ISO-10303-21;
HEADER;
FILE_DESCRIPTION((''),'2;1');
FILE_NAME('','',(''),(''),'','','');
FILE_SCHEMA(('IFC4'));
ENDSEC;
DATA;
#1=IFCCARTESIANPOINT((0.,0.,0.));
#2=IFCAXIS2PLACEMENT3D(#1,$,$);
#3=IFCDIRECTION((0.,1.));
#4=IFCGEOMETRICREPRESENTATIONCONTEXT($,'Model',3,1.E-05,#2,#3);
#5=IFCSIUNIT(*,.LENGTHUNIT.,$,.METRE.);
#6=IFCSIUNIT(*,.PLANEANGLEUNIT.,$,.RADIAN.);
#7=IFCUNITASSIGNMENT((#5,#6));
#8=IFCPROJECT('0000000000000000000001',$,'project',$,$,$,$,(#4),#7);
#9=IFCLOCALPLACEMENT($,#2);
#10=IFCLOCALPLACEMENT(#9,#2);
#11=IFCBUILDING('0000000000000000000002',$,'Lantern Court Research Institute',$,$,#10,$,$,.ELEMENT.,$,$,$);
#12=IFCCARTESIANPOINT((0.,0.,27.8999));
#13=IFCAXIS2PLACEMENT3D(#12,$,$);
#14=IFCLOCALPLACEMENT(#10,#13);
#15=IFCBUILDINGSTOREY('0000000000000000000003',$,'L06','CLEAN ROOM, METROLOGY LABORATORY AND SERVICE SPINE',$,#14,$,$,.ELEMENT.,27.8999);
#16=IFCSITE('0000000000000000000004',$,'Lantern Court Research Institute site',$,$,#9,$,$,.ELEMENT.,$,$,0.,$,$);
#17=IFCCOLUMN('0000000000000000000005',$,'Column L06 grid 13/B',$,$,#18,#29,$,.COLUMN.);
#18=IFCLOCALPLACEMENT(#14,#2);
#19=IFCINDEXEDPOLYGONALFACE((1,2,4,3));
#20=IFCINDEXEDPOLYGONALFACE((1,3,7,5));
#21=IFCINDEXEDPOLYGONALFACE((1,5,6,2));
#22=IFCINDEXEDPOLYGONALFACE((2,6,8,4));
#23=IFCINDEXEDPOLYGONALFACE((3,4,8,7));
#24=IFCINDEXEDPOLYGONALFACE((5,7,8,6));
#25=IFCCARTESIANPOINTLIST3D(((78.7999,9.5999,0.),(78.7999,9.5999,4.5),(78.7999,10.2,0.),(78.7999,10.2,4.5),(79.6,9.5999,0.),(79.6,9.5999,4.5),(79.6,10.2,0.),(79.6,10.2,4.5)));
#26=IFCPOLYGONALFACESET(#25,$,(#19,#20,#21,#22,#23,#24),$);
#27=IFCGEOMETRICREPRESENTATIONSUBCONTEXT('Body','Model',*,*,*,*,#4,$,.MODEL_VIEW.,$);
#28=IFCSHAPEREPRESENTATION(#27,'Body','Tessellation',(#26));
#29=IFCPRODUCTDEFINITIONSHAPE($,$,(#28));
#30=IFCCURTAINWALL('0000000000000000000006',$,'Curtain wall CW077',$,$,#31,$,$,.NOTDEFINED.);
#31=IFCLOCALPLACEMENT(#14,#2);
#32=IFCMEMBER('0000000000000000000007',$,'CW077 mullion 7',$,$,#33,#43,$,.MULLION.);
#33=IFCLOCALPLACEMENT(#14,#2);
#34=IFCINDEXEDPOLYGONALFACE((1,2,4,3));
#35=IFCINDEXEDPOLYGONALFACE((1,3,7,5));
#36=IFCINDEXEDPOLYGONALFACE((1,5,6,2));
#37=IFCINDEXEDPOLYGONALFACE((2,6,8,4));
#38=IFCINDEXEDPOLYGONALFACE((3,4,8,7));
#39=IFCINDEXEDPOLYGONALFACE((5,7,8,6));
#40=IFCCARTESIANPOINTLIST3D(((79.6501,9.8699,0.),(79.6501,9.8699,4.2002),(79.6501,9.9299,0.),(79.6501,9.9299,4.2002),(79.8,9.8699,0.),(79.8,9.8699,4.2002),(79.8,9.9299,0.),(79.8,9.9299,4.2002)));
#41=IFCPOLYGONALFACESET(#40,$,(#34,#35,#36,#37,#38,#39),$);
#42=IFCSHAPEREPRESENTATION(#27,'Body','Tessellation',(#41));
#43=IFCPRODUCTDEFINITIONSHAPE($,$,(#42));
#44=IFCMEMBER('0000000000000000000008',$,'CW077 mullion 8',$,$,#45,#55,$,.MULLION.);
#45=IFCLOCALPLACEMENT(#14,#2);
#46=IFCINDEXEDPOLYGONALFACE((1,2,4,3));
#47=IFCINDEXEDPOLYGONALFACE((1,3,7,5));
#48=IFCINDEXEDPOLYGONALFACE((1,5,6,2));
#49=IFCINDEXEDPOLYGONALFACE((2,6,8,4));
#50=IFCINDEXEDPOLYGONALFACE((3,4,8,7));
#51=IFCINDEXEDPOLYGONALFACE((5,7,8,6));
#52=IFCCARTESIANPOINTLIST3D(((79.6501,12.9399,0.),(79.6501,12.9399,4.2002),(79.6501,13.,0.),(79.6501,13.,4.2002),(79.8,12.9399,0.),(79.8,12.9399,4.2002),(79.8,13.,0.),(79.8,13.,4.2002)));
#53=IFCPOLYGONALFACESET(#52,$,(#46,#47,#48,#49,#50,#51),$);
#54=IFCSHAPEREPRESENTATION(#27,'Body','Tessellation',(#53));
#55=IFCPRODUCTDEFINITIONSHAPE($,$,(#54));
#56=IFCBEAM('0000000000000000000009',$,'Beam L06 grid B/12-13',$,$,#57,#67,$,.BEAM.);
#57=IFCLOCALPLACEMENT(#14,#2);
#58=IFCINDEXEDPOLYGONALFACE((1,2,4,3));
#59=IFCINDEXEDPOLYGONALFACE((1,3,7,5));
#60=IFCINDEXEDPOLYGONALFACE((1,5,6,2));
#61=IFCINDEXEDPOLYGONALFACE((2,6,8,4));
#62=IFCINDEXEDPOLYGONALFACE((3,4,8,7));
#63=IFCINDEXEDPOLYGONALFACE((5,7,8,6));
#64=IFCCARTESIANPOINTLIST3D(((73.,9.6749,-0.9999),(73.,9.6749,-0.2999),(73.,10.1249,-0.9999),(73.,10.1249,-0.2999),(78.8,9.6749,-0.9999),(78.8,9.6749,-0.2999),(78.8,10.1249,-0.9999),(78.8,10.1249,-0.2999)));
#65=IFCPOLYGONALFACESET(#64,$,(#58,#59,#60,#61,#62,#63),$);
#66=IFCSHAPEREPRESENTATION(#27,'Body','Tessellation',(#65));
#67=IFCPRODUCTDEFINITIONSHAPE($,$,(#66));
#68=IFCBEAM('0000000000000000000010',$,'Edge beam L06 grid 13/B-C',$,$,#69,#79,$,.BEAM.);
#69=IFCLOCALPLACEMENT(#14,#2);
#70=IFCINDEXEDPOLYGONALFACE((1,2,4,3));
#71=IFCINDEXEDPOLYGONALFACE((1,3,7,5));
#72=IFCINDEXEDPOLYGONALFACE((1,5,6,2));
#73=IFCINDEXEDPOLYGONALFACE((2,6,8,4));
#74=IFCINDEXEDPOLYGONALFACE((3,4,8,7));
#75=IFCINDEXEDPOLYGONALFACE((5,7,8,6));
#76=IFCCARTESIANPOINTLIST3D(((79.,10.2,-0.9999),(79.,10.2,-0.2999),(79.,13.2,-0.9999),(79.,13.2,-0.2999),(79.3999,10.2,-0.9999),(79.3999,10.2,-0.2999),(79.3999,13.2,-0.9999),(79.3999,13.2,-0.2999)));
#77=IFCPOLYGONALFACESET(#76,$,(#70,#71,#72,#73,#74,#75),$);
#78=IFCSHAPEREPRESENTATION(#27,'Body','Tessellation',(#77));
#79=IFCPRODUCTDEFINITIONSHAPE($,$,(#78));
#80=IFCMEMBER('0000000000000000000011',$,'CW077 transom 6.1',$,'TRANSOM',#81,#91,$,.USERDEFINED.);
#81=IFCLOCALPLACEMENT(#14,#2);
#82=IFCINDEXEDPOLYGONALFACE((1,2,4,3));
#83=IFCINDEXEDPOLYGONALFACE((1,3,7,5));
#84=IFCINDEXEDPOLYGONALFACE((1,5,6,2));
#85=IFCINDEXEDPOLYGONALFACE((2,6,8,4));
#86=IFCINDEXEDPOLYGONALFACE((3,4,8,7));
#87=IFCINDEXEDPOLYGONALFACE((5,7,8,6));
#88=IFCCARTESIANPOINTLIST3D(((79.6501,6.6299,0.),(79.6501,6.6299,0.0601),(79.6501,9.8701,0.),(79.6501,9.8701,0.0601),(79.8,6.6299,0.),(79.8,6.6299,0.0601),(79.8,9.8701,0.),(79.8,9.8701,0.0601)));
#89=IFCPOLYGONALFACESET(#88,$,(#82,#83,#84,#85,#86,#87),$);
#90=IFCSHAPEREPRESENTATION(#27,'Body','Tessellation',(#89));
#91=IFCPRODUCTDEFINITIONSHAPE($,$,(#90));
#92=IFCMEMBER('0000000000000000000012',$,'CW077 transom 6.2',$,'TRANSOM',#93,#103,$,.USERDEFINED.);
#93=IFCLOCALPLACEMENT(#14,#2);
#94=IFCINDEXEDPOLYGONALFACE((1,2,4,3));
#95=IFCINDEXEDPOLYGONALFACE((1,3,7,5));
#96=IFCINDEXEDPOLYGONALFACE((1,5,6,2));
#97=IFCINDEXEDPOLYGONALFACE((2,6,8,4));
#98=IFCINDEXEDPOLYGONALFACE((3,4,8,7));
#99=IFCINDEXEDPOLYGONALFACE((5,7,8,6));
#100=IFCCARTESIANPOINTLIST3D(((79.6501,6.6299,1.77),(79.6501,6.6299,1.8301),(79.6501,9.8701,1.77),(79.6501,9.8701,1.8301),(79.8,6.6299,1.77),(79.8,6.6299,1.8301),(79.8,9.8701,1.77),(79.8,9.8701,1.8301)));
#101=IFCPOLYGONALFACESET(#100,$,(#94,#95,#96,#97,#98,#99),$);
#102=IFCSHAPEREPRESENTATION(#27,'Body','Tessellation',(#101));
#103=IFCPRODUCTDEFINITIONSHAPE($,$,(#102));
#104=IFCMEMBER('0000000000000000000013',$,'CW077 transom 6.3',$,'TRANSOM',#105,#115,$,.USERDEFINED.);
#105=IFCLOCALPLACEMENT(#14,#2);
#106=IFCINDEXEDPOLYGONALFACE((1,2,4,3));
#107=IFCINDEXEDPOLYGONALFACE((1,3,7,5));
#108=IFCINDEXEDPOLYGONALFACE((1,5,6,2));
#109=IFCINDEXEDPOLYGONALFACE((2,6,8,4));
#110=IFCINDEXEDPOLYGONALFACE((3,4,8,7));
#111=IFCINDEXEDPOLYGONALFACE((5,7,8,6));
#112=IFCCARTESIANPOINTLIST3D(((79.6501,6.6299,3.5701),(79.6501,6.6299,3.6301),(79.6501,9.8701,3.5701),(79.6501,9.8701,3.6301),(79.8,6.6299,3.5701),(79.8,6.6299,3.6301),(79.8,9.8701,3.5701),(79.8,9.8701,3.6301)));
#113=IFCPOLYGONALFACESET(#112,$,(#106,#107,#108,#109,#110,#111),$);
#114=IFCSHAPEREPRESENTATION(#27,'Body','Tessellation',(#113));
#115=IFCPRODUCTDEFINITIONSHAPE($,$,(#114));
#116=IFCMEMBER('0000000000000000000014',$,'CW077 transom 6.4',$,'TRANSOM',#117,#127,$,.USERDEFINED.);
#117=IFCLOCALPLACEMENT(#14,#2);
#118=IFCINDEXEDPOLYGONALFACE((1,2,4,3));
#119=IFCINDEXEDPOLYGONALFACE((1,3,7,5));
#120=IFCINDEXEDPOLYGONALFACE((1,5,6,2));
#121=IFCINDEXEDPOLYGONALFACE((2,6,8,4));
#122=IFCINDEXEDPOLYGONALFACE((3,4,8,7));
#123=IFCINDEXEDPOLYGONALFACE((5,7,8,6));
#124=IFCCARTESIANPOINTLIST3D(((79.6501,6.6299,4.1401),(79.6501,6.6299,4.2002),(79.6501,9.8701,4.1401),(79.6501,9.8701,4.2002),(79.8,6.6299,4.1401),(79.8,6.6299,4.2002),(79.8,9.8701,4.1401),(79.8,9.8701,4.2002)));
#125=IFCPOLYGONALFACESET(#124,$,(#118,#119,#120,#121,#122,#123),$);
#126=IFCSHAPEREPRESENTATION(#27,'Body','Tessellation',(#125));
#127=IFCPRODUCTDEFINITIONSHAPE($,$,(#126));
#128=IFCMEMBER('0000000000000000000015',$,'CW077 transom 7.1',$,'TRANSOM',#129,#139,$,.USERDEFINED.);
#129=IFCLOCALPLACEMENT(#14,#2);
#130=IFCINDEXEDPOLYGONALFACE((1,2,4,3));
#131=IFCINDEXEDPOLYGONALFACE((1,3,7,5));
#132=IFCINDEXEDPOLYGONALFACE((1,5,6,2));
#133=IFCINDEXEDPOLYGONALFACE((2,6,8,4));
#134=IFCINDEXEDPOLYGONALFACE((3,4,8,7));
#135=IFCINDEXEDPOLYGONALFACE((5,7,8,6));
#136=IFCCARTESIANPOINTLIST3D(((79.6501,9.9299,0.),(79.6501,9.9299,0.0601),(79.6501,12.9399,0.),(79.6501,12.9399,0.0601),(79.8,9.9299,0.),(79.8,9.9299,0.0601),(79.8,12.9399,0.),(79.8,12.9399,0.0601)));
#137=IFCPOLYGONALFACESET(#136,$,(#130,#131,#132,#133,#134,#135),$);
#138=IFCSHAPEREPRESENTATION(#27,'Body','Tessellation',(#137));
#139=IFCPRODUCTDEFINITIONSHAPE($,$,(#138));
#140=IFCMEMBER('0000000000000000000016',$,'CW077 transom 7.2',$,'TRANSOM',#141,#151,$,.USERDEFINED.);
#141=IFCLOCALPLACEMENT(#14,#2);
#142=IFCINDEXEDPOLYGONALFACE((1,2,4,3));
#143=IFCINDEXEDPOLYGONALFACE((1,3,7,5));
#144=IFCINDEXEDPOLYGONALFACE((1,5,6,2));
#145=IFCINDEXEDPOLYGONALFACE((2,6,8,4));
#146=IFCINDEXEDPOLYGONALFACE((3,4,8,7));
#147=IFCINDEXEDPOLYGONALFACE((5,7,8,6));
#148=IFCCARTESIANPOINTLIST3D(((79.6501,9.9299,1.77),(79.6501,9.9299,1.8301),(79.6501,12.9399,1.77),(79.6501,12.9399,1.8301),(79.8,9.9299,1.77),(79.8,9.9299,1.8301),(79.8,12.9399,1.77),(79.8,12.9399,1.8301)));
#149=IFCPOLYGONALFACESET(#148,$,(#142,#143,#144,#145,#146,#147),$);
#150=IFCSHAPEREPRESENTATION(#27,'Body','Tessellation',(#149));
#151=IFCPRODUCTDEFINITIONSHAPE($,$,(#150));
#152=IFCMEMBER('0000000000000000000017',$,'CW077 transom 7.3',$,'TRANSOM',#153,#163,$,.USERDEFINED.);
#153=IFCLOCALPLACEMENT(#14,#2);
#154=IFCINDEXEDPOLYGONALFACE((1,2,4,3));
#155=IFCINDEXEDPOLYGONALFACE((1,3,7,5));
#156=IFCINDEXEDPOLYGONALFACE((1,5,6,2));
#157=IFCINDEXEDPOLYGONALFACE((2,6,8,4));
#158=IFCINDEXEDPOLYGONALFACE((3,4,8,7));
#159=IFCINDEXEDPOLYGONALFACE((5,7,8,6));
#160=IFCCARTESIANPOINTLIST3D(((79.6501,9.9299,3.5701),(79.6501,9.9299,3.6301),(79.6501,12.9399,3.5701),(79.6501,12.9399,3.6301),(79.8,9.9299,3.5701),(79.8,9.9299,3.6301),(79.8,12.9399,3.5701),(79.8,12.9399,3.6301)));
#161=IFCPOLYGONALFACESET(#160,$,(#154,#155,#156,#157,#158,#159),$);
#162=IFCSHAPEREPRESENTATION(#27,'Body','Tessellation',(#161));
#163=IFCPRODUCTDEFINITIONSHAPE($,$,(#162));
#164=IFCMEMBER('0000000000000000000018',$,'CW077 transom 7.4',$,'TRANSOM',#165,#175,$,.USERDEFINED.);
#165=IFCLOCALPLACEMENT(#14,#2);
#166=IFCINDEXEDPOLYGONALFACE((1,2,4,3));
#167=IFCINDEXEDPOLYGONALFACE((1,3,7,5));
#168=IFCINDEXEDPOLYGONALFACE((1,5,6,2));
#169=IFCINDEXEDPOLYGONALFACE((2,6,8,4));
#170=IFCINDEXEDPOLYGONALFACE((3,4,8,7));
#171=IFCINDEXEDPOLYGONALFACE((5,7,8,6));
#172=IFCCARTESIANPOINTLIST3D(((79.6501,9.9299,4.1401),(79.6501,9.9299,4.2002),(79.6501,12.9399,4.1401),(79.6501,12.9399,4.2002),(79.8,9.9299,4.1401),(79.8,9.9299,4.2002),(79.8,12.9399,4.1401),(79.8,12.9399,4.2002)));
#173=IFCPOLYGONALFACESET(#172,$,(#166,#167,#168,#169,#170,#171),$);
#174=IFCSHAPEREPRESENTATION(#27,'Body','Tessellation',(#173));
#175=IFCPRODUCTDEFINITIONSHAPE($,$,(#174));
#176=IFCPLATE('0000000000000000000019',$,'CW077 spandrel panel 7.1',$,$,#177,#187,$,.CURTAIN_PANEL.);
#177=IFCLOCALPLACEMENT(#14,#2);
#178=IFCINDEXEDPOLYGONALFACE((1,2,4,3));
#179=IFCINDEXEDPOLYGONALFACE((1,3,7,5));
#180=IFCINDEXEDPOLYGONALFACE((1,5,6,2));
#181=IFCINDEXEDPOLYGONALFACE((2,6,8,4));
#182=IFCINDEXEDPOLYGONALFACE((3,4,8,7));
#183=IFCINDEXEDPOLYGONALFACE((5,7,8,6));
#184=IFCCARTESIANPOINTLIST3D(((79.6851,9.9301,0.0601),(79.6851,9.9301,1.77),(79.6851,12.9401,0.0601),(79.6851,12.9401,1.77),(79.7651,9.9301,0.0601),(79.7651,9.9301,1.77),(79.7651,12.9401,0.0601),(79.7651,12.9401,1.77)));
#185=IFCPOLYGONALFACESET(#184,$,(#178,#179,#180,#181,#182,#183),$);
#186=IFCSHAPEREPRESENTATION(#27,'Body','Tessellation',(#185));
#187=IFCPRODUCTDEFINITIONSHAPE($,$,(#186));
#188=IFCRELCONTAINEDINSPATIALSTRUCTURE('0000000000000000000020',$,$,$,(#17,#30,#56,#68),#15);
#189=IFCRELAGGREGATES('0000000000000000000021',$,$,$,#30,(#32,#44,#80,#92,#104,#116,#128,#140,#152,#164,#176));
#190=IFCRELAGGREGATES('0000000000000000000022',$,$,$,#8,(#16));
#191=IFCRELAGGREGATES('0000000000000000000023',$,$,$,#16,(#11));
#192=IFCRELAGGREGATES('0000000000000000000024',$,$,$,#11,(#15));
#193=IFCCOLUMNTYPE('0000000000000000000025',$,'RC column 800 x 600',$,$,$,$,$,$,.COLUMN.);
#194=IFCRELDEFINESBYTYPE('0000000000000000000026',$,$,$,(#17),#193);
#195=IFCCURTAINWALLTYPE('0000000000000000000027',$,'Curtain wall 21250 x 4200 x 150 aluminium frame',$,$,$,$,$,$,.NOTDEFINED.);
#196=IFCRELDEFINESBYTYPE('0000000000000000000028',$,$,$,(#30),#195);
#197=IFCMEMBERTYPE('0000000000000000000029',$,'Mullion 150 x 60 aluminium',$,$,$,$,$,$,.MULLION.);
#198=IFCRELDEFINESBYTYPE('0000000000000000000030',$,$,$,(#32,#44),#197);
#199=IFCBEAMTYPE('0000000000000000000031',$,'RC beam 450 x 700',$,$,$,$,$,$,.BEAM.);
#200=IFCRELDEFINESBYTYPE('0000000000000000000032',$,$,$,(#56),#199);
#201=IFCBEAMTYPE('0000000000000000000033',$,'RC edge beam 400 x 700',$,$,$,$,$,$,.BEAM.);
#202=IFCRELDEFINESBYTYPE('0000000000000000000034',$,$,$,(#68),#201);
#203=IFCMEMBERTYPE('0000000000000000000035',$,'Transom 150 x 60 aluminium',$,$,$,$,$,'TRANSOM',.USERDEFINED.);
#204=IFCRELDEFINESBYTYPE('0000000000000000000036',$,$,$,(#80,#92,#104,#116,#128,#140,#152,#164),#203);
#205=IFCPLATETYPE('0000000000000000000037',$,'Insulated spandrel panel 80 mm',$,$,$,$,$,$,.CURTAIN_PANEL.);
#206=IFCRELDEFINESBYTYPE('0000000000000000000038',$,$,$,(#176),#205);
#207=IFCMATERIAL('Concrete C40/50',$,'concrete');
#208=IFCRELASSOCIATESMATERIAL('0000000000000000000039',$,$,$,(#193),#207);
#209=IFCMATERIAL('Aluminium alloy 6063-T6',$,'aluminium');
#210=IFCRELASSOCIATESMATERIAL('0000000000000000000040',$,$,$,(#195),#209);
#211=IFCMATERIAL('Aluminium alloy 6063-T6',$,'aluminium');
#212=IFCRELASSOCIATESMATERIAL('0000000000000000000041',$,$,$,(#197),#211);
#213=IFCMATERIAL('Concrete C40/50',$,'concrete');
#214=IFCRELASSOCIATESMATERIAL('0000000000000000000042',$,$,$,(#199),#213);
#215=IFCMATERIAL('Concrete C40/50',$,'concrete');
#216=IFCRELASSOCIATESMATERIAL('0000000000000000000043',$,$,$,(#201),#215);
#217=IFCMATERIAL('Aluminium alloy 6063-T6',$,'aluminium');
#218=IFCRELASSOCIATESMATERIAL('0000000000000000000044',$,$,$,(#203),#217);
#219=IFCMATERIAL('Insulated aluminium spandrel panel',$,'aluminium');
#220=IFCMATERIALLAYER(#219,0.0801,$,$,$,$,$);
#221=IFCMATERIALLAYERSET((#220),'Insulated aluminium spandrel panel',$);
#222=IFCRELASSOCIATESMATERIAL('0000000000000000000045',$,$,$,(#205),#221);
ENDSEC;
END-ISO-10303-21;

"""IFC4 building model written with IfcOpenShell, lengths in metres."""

from ifc_helpers import new_model, si_unit, direction, frame, origin, origin_2d, place, context, subcontext, project, spatial, rectangle, extrude, material, layer, layer_set, material_profile, profile_set, type_object, element, aggregate, save


model = new_model("IFC4")

# Units and contexts
model_context = context("Model", 3, precision=1e-05, world=origin(), true_north=direction((0.0, 1.0)))
body_context = subcontext(model_context, "Body", "Model", "MODEL_VIEW")
ifc_project = project(units=[si_unit("LENGTHUNIT", "METRE"), si_unit("PLANEANGLEUNIT", "RADIAN")], contexts=[model_context])

# Site, building, storey
site_placement = place(None, origin())
site = spatial("IfcSite", under=ifc_project, at=site_placement, Name="Lantern Court Research Institute site", CompositionType="ELEMENT", RefElevation=0.0)
building_placement = place(site_placement, origin())
building = spatial("IfcBuilding", under=site, at=building_placement, Name="Lantern Court Research Institute", CompositionType="ELEMENT")
storey_placement = place(building_placement, frame((0.0, 0.0, 27.8999)))
storey = spatial("IfcBuildingStorey", under=building, at=storey_placement, Name="L06", Description="CLEAN ROOM, METROLOGY LABORATORY AND SERVICE SPINE", CompositionType="ELEMENT", Elevation=27.8999)

# Column
ifc_material_1 = material(Name="Concrete C40/50", Category="concrete")
ifc_material_profile_1 = material_profile(ifc_material_1, rectangle(XDim=0.8, YDim=0.6001, at=origin_2d()), Name="RC column 800 x 600")
ifc_profile_set_1 = profile_set([ifc_material_profile_1], Name="Concrete C40/50")
column_type = type_object("IfcColumnType", Name="RC column 800 x 600", PredefinedType="COLUMN", material=ifc_profile_set_1)
column_placement = place(storey_placement, frame((79.2, 9.8999, 0.0), z_axis=(0.0, 0.0, 1.0), x_axis=(1.0, 0.0, 0.0)))
element("IfcColumn", 1, at=column_placement, inside=storey, type_object=column_type, Name="Column L06 grid 13/B", PredefinedType="COLUMN", context=body_context, shape_type="SweptSolid", body=[
    extrude(rectangle(XDim=0.8, YDim=0.6001, at=origin_2d()), origin(), (0.0, 0.0, 1.0), 4.5),
])

# Curtain wall, members
ifc_material_2 = material(Name="Aluminium alloy 6063-T6", Category="aluminium")
curtain_wall_type = type_object("IfcCurtainWallType", Name="Curtain wall 21250 x 4200 x 150 aluminium frame", PredefinedType="NOTDEFINED", material=ifc_material_2)
curtain_wall_placement = place(storey_placement, origin())
curtain_wall = element("IfcCurtainWall", 2, at=curtain_wall_placement, inside=storey, type_object=curtain_wall_type, Name="Curtain wall CW077", PredefinedType="NOTDEFINED")
ifc_material_3 = material(Name="Aluminium alloy 6063-T6", Category="aluminium")
ifc_material_profile_2 = material_profile(ifc_material_3, rectangle(XDim=0.1499, YDim=0.0601, at=origin_2d()), Name="Mullion 150 x 60")
ifc_profile_set_2 = profile_set([ifc_material_profile_2], Name="Aluminium alloy 6063-T6")
member_type_1 = type_object("IfcMemberType", Name="Mullion 150 x 60 aluminium", PredefinedType="MULLION", material=ifc_profile_set_2)
member_1_placement = place(storey_placement, frame((79.7251, 9.8999, 0.0), z_axis=(0.0, 0.0, 1.0), x_axis=(1.0, 0.0, 0.0)))
member_1 = element("IfcMember", 3, at=member_1_placement, type_object=member_type_1, Name="CW077 mullion 7", PredefinedType="MULLION", context=body_context, shape_type="SweptSolid", body=[
    extrude(rectangle(XDim=0.1499, YDim=0.0601, at=origin_2d()), origin(), (0.0, 0.0, 1.0), 4.2002),
])
member_2_placement = place(storey_placement, frame((79.7251, 12.97, 0.0), z_axis=(0.0, 0.0, 1.0), x_axis=(1.0, 0.0, 0.0)))
member_2 = element("IfcMember", 4, at=member_2_placement, type_object=member_type_1, Name="CW077 mullion 8", PredefinedType="MULLION", context=body_context, shape_type="SweptSolid", body=[
    extrude(rectangle(XDim=0.1499, YDim=0.0601, at=origin_2d()), origin(), (0.0, 0.0, 1.0), 4.2002),
])

# Beams
ifc_material_4 = material(Name="Concrete C40/50", Category="concrete")
ifc_material_profile_3 = material_profile(ifc_material_4, rectangle(XDim=0.45, YDim=0.7, at=origin_2d()), Name="RC beam 450 x 700")
ifc_profile_set_3 = profile_set([ifc_material_profile_3], Name="Concrete C40/50")
beam_type_1 = type_object("IfcBeamType", Name="RC beam 450 x 700", PredefinedType="BEAM", material=ifc_profile_set_3)
beam_1_placement = place(storey_placement, frame((73.0, 9.8999, -0.6499), z_axis=(1.0, 0.0, 0.0), x_axis=(0.0, 1.0, 0.0)))
element("IfcBeam", 5, at=beam_1_placement, inside=storey, type_object=beam_type_1, Name="Beam L06 grid B/12-13", PredefinedType="BEAM", context=body_context, shape_type="SweptSolid", body=[
    extrude(rectangle(XDim=0.45, YDim=0.7, at=origin_2d()), origin(), (0.0, 0.0, 1.0), 5.8),
])
ifc_material_5 = material(Name="Concrete C40/50", Category="concrete")
ifc_material_profile_4 = material_profile(ifc_material_5, rectangle(XDim=0.3999, YDim=0.7, at=origin_2d()), Name="RC beam 400 x 700")
ifc_profile_set_4 = profile_set([ifc_material_profile_4], Name="Concrete C40/50")
beam_type_2 = type_object("IfcBeamType", Name="RC edge beam 400 x 700", PredefinedType="BEAM", material=ifc_profile_set_4)
beam_2_placement = place(storey_placement, frame((79.2, 10.2, -0.6499), z_axis=(0.0, 1.0, 0.0), x_axis=(-1.0, 0.0, 0.0)))
element("IfcBeam", 6, at=beam_2_placement, inside=storey, type_object=beam_type_2, Name="Edge beam L06 grid 13/B-C", PredefinedType="BEAM", context=body_context, shape_type="SweptSolid", body=[
    extrude(rectangle(XDim=0.3999, YDim=0.7, at=origin_2d()), origin(), (0.0, 0.0, 1.0), 3.0),
])

# Members
ifc_material_6 = material(Name="Aluminium alloy 6063-T6", Category="aluminium")
ifc_material_profile_5 = material_profile(ifc_material_6, rectangle(XDim=0.1499, YDim=0.0601, at=origin_2d()), Name="Transom 150 x 60")
ifc_profile_set_5 = profile_set([ifc_material_profile_5], Name="Aluminium alloy 6063-T6")
member_type_2 = type_object("IfcMemberType", Name="Transom 150 x 60 aluminium", ElementType="TRANSOM", PredefinedType="USERDEFINED", material=ifc_profile_set_5)
member_3_placement = place(storey_placement, frame((79.7251, 9.8701, 0.03), z_axis=(0.0, -1.0, 0.0), x_axis=(1.0, 0.0, 0.0)))
member_3 = element("IfcMember", 7, at=member_3_placement, type_object=member_type_2, Name="CW077 transom 6.1", ObjectType="TRANSOM", PredefinedType="USERDEFINED", context=body_context, shape_type="SweptSolid", body=[
    extrude(rectangle(XDim=0.1499, YDim=0.0601, at=origin_2d()), origin(), (0.0, 0.0, 1.0), 3.2402),
])
member_4_placement = place(storey_placement, frame((79.7251, 9.8701, 1.8), z_axis=(0.0, -1.0, 0.0), x_axis=(1.0, 0.0, 0.0)))
member_4 = element("IfcMember", 8, at=member_4_placement, type_object=member_type_2, Name="CW077 transom 6.2", ObjectType="TRANSOM", PredefinedType="USERDEFINED", context=body_context, shape_type="SweptSolid", body=[
    extrude(rectangle(XDim=0.1499, YDim=0.0601, at=origin_2d()), origin(), (0.0, 0.0, 1.0), 3.2402),
])
member_5_placement = place(storey_placement, frame((79.7251, 9.8701, 3.6001), z_axis=(0.0, -1.0, 0.0), x_axis=(1.0, 0.0, 0.0)))
member_5 = element("IfcMember", 9, at=member_5_placement, type_object=member_type_2, Name="CW077 transom 6.3", ObjectType="TRANSOM", PredefinedType="USERDEFINED", context=body_context, shape_type="SweptSolid", body=[
    extrude(rectangle(XDim=0.1499, YDim=0.0601, at=origin_2d()), origin(), (0.0, 0.0, 1.0), 3.2402),
])
member_6_placement = place(storey_placement, frame((79.7251, 9.8701, 4.1702), z_axis=(0.0, -1.0, 0.0), x_axis=(1.0, 0.0, 0.0)))
member_6 = element("IfcMember", 10, at=member_6_placement, type_object=member_type_2, Name="CW077 transom 6.4", ObjectType="TRANSOM", PredefinedType="USERDEFINED", context=body_context, shape_type="SweptSolid", body=[
    extrude(rectangle(XDim=0.1499, YDim=0.0601, at=origin_2d()), origin(), (0.0, 0.0, 1.0), 3.2402),
])
member_7_placement = place(storey_placement, frame((79.7251, 12.9399, 0.03), z_axis=(0.0, -1.0, 0.0), x_axis=(1.0, 0.0, 0.0)))
member_7 = element("IfcMember", 11, at=member_7_placement, type_object=member_type_2, Name="CW077 transom 7.1", ObjectType="TRANSOM", PredefinedType="USERDEFINED", context=body_context, shape_type="SweptSolid", body=[
    extrude(rectangle(XDim=0.1499, YDim=0.0601, at=origin_2d()), origin(), (0.0, 0.0, 1.0), 3.01),
])
member_8_placement = place(storey_placement, frame((79.7251, 12.9399, 1.8), z_axis=(0.0, -1.0, 0.0), x_axis=(1.0, 0.0, 0.0)))
member_8 = element("IfcMember", 12, at=member_8_placement, type_object=member_type_2, Name="CW077 transom 7.2", ObjectType="TRANSOM", PredefinedType="USERDEFINED", context=body_context, shape_type="SweptSolid", body=[
    extrude(rectangle(XDim=0.1499, YDim=0.0601, at=origin_2d()), origin(), (0.0, 0.0, 1.0), 3.01),
])
member_9_placement = place(storey_placement, frame((79.7251, 12.9399, 3.6001), z_axis=(0.0, -1.0, 0.0), x_axis=(1.0, 0.0, 0.0)))
member_9 = element("IfcMember", 13, at=member_9_placement, type_object=member_type_2, Name="CW077 transom 7.3", ObjectType="TRANSOM", PredefinedType="USERDEFINED", context=body_context, shape_type="SweptSolid", body=[
    extrude(rectangle(XDim=0.1499, YDim=0.0601, at=origin_2d()), origin(), (0.0, 0.0, 1.0), 3.01),
])
member_10_placement = place(storey_placement, frame((79.7251, 12.9399, 4.1702), z_axis=(0.0, -1.0, 0.0), x_axis=(1.0, 0.0, 0.0)))
member_10 = element("IfcMember", 14, at=member_10_placement, type_object=member_type_2, Name="CW077 transom 7.4", ObjectType="TRANSOM", PredefinedType="USERDEFINED", context=body_context, shape_type="SweptSolid", body=[
    extrude(rectangle(XDim=0.1499, YDim=0.0601, at=origin_2d()), origin(), (0.0, 0.0, 1.0), 3.01),
])

# Plate
ifc_material_7 = material(Name="Insulated aluminium spandrel panel", Category="aluminium")
ifc_layer_1 = layer(ifc_material_7, 0.0801)
ifc_layer_set_1 = layer_set([ifc_layer_1], Name="Insulated aluminium spandrel panel")
plate_type_1 = type_object("IfcPlateType", Name="Insulated spandrel panel 80 mm", PredefinedType="CURTAIN_PANEL", material=ifc_layer_set_1)
plate_1_placement = place(storey_placement, frame((79.7251, 11.4351, 0.0601), z_axis=(0.0, 0.0, 1.0), x_axis=(0.0, -1.0, 0.0)))
plate_1 = element("IfcPlate", 15, at=plate_1_placement, type_object=plate_type_1, Name="CW077 spandrel panel 7.1", PredefinedType="CURTAIN_PANEL", context=body_context, shape_type="SweptSolid", body=[
    extrude(rectangle(XDim=3.01, YDim=0.0801, at=origin_2d()), origin(), (0.0, 0.0, 1.0), 1.71),
])
aggregate(curtain_wall, [member_1, member_2, member_3, member_4, member_5, member_6, member_7, member_8, member_9, member_10, plate_1])

save(model, "model.ifc")
